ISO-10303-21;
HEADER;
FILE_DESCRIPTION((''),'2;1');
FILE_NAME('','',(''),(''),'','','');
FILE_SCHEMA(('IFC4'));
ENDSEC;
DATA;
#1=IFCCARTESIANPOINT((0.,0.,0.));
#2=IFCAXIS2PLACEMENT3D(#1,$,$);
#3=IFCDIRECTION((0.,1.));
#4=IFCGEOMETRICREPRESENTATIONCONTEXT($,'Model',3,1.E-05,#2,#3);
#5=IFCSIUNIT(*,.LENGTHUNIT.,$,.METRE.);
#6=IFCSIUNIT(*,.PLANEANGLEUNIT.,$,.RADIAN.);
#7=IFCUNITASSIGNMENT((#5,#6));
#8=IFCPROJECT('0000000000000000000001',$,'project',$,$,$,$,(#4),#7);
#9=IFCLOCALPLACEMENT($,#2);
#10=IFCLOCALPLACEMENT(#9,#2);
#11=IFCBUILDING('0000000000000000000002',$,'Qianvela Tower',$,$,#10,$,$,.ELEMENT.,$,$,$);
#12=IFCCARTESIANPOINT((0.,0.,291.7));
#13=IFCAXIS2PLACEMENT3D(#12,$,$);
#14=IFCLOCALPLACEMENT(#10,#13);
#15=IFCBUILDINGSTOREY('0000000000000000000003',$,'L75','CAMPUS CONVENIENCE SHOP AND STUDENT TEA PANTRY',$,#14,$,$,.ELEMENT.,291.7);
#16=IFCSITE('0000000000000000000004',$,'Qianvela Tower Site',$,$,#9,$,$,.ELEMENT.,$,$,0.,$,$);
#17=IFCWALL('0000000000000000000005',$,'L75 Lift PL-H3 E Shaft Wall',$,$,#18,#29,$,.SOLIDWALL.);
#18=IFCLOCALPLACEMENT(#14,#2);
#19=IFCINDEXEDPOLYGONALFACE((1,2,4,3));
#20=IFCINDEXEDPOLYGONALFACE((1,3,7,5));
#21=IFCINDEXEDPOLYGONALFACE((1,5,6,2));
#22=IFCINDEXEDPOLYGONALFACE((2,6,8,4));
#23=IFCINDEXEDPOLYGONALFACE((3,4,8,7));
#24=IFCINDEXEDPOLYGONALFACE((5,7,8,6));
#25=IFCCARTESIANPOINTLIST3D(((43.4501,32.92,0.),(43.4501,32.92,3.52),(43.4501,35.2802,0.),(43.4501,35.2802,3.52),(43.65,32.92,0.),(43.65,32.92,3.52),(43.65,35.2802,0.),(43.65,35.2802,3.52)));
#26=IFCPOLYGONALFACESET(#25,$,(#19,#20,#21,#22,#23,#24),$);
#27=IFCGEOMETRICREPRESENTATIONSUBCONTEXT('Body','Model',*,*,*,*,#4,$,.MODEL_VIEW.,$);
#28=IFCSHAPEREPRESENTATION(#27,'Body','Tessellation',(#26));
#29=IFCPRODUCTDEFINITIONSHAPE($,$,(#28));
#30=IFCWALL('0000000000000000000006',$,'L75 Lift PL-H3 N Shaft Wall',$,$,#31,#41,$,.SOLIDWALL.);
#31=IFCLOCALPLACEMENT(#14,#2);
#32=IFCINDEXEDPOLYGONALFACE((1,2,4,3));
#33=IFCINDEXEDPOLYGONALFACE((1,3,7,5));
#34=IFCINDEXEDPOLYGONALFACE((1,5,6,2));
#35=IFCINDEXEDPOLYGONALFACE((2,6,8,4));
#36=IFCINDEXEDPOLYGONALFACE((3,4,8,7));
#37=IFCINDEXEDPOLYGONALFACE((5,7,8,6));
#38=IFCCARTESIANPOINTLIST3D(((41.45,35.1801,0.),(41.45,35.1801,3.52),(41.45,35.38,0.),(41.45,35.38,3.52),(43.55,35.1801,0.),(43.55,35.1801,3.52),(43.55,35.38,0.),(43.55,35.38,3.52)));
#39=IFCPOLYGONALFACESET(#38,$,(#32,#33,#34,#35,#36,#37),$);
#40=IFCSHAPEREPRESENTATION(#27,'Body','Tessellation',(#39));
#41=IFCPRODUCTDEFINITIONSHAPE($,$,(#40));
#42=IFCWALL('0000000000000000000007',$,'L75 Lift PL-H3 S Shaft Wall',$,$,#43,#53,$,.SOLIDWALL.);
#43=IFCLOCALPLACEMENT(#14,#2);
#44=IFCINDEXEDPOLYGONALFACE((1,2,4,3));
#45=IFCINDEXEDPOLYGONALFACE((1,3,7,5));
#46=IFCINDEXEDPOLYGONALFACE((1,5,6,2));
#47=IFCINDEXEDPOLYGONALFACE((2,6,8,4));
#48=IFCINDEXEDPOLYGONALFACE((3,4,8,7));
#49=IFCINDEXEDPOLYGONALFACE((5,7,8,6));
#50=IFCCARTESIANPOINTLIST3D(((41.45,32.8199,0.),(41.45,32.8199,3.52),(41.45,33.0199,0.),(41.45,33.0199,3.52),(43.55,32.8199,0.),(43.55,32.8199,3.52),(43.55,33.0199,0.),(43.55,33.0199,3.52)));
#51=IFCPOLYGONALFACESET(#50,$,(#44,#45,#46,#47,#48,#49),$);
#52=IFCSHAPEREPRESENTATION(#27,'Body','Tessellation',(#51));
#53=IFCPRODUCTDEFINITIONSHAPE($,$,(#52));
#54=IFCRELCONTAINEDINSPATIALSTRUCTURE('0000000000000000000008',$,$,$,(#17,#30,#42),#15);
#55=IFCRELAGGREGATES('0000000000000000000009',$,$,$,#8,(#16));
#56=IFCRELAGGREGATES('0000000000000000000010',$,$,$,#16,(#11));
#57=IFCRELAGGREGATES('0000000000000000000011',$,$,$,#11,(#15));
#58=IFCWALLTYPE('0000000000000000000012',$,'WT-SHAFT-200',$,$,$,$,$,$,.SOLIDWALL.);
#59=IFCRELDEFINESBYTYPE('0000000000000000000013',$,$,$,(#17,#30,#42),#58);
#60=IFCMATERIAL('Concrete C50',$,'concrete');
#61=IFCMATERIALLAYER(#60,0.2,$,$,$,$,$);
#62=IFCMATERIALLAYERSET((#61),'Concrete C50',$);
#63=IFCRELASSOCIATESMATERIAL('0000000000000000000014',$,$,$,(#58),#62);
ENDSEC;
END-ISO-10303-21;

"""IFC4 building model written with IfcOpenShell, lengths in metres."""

from ifc_helpers import new_model, si_unit, direction, frame, frame_2d, origin, place, context, subcontext, project, spatial, rectangle, extrude, material, layer, layer_set, type_object, element, save


model = new_model("IFC4")

# Units and contexts
model_context = context("Model", 3, precision=1e-05, world=origin(), true_north=direction((0.0, 1.0)))
body_context = subcontext(model_context, "Body", "Model", "MODEL_VIEW")
ifc_project = project(units=[si_unit("LENGTHUNIT", "METRE"), si_unit("PLANEANGLEUNIT", "RADIAN")], contexts=[model_context])

# Site, building, storey
site_placement = place(None, origin())
site = spatial("IfcSite", under=ifc_project, at=site_placement, Name="Qianvela Tower Site", CompositionType="ELEMENT", RefElevation=0.0)
building_placement = place(site_placement, origin())
building = spatial("IfcBuilding", under=site, at=building_placement, Name="Qianvela Tower", CompositionType="ELEMENT")
storey_placement = place(building_placement, frame((0.0, 0.0, 291.7)))
storey = spatial("IfcBuildingStorey", under=building, at=storey_placement, Name="L75", Description="CAMPUS CONVENIENCE SHOP AND STUDENT TEA PANTRY", CompositionType="ELEMENT", Elevation=291.7)

# Shared definitions
ifc_material_1 = material(Name="Concrete C50", Category="concrete")
ifc_layer_1 = layer(ifc_material_1, 0.2)
ifc_layer_set_1 = layer_set([ifc_layer_1], Name="Concrete C50")
wall_type_1 = type_object("IfcWallType", Name="WT-SHAFT-200", PredefinedType="SOLIDWALL", material=ifc_layer_set_1)

# Wall
wall_1_placement = place(storey_placement, frame((43.55, 32.9199, 0.0), z_axis=(0.0, 0.0, 1.0), x_axis=(0.0, 1.0, 0.0)))
element("IfcWall", 1, at=wall_1_placement, inside=storey, type_object=wall_type_1, Name="L75 Lift PL-H3 E Shaft Wall", PredefinedType="SOLIDWALL", context=body_context, shape_type="SweptSolid", body=[
    extrude(rectangle(XDim=2.3601, YDim=0.2, at=frame_2d((1.1802, 0.0))), origin(), (0.0, 0.0, 1.0), 3.52),
])

# Walls
for number, where, z_axis, x_axis, name in (
    (2, (41.45, 35.28, 0.0), (0.0, 0.0, 1.0), (1.0, 0.0, 0.0), "L75 Lift PL-H3 N Shaft Wall"),
    (3, (41.45, 32.9199, 0.0), (0.0, 0.0, 1.0), (1.0, 0.0, 0.0), "L75 Lift PL-H3 S Shaft Wall"),
):
    element("IfcWall", number, at=place(storey_placement, frame(where, z_axis=z_axis, x_axis=x_axis)), inside=storey, type_object=wall_type_1, Name=name, PredefinedType="SOLIDWALL", context=body_context, shape_type="SweptSolid", body=[
        extrude(rectangle(XDim=2.1001, YDim=0.2, at=frame_2d((1.05, 0.0))), origin(), (0.0, 0.0, 1.0), 3.52),
    ])

save(model, "model.ifc")
